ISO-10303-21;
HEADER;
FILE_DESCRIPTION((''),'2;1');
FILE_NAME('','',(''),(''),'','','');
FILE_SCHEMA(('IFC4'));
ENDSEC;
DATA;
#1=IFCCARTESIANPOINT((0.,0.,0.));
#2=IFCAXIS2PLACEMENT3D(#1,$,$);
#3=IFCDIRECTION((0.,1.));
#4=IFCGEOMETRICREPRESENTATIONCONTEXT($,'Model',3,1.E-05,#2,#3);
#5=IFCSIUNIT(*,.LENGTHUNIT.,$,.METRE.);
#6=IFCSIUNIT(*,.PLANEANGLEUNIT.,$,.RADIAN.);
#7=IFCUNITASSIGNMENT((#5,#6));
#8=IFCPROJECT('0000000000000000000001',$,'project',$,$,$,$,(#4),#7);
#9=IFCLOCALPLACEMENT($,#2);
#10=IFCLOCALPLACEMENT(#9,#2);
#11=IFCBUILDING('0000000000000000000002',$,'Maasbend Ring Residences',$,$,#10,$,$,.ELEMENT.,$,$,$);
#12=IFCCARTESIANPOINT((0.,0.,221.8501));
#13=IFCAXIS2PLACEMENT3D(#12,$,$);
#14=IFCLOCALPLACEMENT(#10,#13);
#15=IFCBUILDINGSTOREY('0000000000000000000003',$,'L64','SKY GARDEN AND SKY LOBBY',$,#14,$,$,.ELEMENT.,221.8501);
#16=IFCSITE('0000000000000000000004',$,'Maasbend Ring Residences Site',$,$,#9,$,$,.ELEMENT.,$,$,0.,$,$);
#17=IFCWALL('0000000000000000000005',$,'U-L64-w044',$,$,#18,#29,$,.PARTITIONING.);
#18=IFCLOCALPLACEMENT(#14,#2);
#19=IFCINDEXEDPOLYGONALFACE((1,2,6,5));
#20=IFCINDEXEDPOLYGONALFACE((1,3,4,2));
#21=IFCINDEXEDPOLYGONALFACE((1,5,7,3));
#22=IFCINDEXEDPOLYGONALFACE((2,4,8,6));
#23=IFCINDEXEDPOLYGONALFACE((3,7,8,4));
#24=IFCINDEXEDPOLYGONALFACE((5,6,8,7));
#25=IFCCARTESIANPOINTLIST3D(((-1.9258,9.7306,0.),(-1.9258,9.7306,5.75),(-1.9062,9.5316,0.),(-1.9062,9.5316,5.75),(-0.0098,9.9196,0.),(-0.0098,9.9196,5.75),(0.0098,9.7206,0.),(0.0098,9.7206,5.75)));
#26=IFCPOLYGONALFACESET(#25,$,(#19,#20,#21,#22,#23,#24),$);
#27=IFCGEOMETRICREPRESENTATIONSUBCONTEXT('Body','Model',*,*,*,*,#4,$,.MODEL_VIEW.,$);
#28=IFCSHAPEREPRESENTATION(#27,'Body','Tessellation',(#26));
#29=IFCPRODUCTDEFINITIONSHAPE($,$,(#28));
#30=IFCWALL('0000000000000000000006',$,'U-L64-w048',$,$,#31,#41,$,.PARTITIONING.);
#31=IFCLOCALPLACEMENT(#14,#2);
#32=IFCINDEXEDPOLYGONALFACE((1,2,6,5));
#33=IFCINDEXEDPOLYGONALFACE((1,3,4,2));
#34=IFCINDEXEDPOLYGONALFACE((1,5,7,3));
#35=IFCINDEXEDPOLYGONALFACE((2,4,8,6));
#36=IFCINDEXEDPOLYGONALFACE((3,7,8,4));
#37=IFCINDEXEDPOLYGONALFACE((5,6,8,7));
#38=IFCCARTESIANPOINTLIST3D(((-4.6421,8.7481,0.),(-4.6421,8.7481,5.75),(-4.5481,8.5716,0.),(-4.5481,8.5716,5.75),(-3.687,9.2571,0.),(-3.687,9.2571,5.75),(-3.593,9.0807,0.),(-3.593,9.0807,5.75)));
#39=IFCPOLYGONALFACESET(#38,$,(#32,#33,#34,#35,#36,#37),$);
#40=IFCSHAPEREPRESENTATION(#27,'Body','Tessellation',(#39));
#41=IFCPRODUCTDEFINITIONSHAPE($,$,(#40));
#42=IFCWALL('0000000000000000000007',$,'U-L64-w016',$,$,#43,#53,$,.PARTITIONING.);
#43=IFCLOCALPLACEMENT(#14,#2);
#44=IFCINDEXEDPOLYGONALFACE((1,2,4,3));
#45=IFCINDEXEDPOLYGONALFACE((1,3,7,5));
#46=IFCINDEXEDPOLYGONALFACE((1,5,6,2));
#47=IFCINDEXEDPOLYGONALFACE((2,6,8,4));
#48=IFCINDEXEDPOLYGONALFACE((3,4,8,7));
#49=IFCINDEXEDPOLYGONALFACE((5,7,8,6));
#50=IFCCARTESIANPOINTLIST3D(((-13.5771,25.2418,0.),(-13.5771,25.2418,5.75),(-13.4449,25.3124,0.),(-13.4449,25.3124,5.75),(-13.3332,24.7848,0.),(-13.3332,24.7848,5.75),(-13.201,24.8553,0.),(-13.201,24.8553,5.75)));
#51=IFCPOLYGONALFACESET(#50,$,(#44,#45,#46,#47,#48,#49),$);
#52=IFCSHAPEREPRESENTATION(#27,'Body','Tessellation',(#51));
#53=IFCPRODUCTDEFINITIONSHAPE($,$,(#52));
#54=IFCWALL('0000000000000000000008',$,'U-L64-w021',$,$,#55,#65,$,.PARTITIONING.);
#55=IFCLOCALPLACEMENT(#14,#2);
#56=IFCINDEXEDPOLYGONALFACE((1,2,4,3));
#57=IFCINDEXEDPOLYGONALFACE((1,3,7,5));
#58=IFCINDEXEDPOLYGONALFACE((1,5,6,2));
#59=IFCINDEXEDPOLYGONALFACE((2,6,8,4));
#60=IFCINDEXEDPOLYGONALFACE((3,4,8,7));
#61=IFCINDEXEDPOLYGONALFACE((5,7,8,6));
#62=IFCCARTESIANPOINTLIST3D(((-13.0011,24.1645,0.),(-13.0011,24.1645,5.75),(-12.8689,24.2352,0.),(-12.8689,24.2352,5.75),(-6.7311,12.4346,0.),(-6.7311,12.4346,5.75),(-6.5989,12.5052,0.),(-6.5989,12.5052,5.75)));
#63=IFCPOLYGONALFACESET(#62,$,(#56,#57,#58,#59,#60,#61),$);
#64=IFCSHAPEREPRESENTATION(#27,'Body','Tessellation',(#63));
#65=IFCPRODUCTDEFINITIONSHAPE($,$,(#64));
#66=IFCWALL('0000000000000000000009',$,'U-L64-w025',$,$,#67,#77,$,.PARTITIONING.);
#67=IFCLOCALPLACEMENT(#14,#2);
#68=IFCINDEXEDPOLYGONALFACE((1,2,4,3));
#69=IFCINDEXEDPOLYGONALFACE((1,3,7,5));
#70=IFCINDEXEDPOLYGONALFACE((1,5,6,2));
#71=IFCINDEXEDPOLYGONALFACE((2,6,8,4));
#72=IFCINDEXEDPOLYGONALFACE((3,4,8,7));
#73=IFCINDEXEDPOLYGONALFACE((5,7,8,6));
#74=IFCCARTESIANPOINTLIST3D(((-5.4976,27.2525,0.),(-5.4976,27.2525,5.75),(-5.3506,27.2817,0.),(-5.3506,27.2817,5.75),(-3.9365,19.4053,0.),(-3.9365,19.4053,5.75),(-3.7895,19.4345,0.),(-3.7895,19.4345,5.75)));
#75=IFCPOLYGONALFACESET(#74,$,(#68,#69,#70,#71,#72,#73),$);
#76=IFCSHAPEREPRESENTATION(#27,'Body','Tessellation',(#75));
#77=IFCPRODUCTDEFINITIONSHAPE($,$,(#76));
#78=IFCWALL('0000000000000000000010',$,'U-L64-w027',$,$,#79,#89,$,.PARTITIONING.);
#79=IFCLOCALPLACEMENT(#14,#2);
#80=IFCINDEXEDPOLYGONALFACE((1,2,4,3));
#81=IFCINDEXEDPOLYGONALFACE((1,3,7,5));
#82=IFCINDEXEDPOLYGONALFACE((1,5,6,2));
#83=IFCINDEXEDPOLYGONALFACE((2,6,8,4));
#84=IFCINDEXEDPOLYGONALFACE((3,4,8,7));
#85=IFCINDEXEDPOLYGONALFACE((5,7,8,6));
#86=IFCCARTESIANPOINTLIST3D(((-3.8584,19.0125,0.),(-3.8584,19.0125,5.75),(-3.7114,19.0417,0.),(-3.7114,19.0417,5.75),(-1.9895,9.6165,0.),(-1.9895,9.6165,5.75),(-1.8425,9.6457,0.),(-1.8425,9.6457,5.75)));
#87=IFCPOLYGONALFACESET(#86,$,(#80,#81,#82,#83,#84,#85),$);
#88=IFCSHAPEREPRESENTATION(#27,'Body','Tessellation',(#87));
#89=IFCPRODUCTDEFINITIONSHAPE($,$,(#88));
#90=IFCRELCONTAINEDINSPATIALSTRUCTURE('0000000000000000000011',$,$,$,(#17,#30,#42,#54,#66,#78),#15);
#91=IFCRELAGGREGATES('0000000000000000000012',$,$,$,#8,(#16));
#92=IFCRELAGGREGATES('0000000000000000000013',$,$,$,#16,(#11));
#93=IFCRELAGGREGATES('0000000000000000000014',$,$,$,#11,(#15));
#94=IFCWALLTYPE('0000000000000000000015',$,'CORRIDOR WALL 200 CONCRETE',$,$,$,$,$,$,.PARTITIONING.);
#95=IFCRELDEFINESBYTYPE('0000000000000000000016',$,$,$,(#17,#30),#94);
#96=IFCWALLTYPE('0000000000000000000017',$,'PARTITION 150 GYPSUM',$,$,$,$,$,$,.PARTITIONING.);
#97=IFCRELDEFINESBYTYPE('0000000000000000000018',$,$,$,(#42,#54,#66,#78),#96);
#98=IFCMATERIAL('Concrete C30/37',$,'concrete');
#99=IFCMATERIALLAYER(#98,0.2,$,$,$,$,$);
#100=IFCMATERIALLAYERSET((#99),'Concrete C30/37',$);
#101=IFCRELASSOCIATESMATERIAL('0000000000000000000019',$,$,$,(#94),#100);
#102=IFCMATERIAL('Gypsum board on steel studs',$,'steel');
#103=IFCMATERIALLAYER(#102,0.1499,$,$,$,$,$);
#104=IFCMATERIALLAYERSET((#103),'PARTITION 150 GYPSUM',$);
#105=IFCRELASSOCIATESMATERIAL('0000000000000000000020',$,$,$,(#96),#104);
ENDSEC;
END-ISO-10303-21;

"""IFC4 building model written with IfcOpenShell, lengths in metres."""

from ifc_helpers import new_model, si_unit, direction, frame, frame_2d, origin, place, context, subcontext, project, spatial, rectangle, extrude, material, layer, layer_set, type_object, element, save


model = new_model("IFC4")

# Units and contexts
model_context = context("Model", 3, precision=1e-05, world=origin(), true_north=direction((0.0, 1.0)))
body_context = subcontext(model_context, "Body", "Model", "MODEL_VIEW")
ifc_project = project(units=[si_unit("LENGTHUNIT", "METRE"), si_unit("PLANEANGLEUNIT", "RADIAN")], contexts=[model_context])

# Site, building, storey
site_placement = place(None, origin())
site = spatial("IfcSite", under=ifc_project, at=site_placement, Name="Maasbend Ring Residences Site", CompositionType="ELEMENT", RefElevation=0.0)
building_placement = place(site_placement, origin())
building = spatial("IfcBuilding", under=site, at=building_placement, Name="Maasbend Ring Residences", CompositionType="ELEMENT")
storey_placement = place(building_placement, frame((0.0, 0.0, 221.8501)))
storey = spatial("IfcBuildingStorey", under=building, at=storey_placement, Name="L64", Description="SKY GARDEN AND SKY LOBBY", CompositionType="ELEMENT", Elevation=221.8501)

# Shared definitions
ifc_material_1 = material(Name="Concrete C30/37", Category="concrete")
ifc_layer_1 = layer(ifc_material_1, 0.2)
ifc_layer_set_1 = layer_set([ifc_layer_1], Name="Concrete C30/37")
wall_type_1 = type_object("IfcWallType", Name="CORRIDOR WALL 200 CONCRETE", PredefinedType="PARTITIONING", material=ifc_layer_set_1)

# Walls
wall_1_placement = place(storey_placement, frame((-1.916, 9.6311, 0.0), z_axis=(0.0, 0.0, 1.0), x_axis=(0.995172, 0.098148, 0.0)))
element("IfcWall", 1, at=wall_1_placement, inside=storey, type_object=wall_type_1, Name="U-L64-w044", PredefinedType="PARTITIONING", context=body_context, shape_type="SweptSolid", body=[
    extrude(rectangle(XDim=1.9253, YDim=0.2, at=frame_2d((0.9626, 0.0))), origin(), (0.0, 0.0, 1.0), 5.75),
])
wall_2_placement = place(storey_placement, frame((-4.595, 8.6599, 0.0), z_axis=(0.0, 0.0, 1.0), x_axis=(0.882484, 0.470342, 0.0)))
element("IfcWall", 2, at=wall_2_placement, inside=storey, type_object=wall_type_1, Name="U-L64-w048", PredefinedType="PARTITIONING", context=body_context, shape_type="SweptSolid", body=[
    extrude(rectangle(XDim=1.0823, YDim=0.2, at=frame_2d((0.541, 0.0))), origin(), (0.0, 0.0, 1.0), 5.75),
])
ifc_material_2 = material(Name="Gypsum board on steel studs", Category="steel")
ifc_layer_2 = layer(ifc_material_2, 0.1499)
ifc_layer_set_2 = layer_set([ifc_layer_2], Name="PARTITION 150 GYPSUM")
wall_type_2 = type_object("IfcWallType", Name="PARTITION 150 GYPSUM", PredefinedType="PARTITIONING", material=ifc_layer_set_2)
wall_3_placement = place(storey_placement, frame((-13.511, 25.2771, 0.0), z_axis=(0.0, 0.0, 1.0), x_axis=(0.470808, -0.882236, 0.0)))
element("IfcWall", 3, at=wall_3_placement, inside=storey, type_object=wall_type_2, Name="U-L64-w016", PredefinedType="PARTITIONING", context=body_context, shape_type="SweptSolid", body=[
    extrude(rectangle(XDim=0.5181, YDim=0.1499, at=frame_2d((0.259, 0.0))), origin(), (0.0, 0.0, 1.0), 5.75),
])
wall_4_placement = place(storey_placement, frame((-12.9351, 24.2, 0.0), z_axis=(0.0, 0.0, 1.0), x_axis=(0.471409, -0.881915, 0.0)))
element("IfcWall", 4, at=wall_4_placement, inside=storey, type_object=wall_type_2, Name="U-L64-w021", PredefinedType="PARTITIONING", context=body_context, shape_type="SweptSolid", body=[
    extrude(rectangle(XDim=13.3005, YDim=0.1499, at=frame_2d((6.6504, 0.0))), origin(), (0.0, 0.0, 1.0), 5.75),
])
wall_5_placement = place(storey_placement, frame((-5.4241, 27.2671, 0.0), z_axis=(0.0, 0.0, 1.0), x_axis=(0.195107, -0.980782, 0.0)))
element("IfcWall", 5, at=wall_5_placement, inside=storey, type_object=wall_type_2, Name="U-L64-w025", PredefinedType="PARTITIONING", context=body_context, shape_type="SweptSolid", body=[
    extrude(rectangle(XDim=8.001, YDim=0.1499, at=frame_2d((4.0005, 0.0))), origin(), (0.0, 0.0, 1.0), 5.75),
])
wall_6_placement = place(storey_placement, frame((-3.7849, 19.0271, 0.0), z_axis=(0.0, 0.0, 1.0), x_axis=(0.195082, -0.980787, 0.0)))
element("IfcWall", 6, at=wall_6_placement, inside=storey, type_object=wall_type_2, Name="U-L64-w027", PredefinedType="PARTITIONING", context=body_context, shape_type="SweptSolid", body=[
    extrude(rectangle(XDim=9.5801, YDim=0.1499, at=frame_2d((4.79, 0.0))), origin(), (0.0, 0.0, 1.0), 5.75),
])

save(model, "model.ifc")
